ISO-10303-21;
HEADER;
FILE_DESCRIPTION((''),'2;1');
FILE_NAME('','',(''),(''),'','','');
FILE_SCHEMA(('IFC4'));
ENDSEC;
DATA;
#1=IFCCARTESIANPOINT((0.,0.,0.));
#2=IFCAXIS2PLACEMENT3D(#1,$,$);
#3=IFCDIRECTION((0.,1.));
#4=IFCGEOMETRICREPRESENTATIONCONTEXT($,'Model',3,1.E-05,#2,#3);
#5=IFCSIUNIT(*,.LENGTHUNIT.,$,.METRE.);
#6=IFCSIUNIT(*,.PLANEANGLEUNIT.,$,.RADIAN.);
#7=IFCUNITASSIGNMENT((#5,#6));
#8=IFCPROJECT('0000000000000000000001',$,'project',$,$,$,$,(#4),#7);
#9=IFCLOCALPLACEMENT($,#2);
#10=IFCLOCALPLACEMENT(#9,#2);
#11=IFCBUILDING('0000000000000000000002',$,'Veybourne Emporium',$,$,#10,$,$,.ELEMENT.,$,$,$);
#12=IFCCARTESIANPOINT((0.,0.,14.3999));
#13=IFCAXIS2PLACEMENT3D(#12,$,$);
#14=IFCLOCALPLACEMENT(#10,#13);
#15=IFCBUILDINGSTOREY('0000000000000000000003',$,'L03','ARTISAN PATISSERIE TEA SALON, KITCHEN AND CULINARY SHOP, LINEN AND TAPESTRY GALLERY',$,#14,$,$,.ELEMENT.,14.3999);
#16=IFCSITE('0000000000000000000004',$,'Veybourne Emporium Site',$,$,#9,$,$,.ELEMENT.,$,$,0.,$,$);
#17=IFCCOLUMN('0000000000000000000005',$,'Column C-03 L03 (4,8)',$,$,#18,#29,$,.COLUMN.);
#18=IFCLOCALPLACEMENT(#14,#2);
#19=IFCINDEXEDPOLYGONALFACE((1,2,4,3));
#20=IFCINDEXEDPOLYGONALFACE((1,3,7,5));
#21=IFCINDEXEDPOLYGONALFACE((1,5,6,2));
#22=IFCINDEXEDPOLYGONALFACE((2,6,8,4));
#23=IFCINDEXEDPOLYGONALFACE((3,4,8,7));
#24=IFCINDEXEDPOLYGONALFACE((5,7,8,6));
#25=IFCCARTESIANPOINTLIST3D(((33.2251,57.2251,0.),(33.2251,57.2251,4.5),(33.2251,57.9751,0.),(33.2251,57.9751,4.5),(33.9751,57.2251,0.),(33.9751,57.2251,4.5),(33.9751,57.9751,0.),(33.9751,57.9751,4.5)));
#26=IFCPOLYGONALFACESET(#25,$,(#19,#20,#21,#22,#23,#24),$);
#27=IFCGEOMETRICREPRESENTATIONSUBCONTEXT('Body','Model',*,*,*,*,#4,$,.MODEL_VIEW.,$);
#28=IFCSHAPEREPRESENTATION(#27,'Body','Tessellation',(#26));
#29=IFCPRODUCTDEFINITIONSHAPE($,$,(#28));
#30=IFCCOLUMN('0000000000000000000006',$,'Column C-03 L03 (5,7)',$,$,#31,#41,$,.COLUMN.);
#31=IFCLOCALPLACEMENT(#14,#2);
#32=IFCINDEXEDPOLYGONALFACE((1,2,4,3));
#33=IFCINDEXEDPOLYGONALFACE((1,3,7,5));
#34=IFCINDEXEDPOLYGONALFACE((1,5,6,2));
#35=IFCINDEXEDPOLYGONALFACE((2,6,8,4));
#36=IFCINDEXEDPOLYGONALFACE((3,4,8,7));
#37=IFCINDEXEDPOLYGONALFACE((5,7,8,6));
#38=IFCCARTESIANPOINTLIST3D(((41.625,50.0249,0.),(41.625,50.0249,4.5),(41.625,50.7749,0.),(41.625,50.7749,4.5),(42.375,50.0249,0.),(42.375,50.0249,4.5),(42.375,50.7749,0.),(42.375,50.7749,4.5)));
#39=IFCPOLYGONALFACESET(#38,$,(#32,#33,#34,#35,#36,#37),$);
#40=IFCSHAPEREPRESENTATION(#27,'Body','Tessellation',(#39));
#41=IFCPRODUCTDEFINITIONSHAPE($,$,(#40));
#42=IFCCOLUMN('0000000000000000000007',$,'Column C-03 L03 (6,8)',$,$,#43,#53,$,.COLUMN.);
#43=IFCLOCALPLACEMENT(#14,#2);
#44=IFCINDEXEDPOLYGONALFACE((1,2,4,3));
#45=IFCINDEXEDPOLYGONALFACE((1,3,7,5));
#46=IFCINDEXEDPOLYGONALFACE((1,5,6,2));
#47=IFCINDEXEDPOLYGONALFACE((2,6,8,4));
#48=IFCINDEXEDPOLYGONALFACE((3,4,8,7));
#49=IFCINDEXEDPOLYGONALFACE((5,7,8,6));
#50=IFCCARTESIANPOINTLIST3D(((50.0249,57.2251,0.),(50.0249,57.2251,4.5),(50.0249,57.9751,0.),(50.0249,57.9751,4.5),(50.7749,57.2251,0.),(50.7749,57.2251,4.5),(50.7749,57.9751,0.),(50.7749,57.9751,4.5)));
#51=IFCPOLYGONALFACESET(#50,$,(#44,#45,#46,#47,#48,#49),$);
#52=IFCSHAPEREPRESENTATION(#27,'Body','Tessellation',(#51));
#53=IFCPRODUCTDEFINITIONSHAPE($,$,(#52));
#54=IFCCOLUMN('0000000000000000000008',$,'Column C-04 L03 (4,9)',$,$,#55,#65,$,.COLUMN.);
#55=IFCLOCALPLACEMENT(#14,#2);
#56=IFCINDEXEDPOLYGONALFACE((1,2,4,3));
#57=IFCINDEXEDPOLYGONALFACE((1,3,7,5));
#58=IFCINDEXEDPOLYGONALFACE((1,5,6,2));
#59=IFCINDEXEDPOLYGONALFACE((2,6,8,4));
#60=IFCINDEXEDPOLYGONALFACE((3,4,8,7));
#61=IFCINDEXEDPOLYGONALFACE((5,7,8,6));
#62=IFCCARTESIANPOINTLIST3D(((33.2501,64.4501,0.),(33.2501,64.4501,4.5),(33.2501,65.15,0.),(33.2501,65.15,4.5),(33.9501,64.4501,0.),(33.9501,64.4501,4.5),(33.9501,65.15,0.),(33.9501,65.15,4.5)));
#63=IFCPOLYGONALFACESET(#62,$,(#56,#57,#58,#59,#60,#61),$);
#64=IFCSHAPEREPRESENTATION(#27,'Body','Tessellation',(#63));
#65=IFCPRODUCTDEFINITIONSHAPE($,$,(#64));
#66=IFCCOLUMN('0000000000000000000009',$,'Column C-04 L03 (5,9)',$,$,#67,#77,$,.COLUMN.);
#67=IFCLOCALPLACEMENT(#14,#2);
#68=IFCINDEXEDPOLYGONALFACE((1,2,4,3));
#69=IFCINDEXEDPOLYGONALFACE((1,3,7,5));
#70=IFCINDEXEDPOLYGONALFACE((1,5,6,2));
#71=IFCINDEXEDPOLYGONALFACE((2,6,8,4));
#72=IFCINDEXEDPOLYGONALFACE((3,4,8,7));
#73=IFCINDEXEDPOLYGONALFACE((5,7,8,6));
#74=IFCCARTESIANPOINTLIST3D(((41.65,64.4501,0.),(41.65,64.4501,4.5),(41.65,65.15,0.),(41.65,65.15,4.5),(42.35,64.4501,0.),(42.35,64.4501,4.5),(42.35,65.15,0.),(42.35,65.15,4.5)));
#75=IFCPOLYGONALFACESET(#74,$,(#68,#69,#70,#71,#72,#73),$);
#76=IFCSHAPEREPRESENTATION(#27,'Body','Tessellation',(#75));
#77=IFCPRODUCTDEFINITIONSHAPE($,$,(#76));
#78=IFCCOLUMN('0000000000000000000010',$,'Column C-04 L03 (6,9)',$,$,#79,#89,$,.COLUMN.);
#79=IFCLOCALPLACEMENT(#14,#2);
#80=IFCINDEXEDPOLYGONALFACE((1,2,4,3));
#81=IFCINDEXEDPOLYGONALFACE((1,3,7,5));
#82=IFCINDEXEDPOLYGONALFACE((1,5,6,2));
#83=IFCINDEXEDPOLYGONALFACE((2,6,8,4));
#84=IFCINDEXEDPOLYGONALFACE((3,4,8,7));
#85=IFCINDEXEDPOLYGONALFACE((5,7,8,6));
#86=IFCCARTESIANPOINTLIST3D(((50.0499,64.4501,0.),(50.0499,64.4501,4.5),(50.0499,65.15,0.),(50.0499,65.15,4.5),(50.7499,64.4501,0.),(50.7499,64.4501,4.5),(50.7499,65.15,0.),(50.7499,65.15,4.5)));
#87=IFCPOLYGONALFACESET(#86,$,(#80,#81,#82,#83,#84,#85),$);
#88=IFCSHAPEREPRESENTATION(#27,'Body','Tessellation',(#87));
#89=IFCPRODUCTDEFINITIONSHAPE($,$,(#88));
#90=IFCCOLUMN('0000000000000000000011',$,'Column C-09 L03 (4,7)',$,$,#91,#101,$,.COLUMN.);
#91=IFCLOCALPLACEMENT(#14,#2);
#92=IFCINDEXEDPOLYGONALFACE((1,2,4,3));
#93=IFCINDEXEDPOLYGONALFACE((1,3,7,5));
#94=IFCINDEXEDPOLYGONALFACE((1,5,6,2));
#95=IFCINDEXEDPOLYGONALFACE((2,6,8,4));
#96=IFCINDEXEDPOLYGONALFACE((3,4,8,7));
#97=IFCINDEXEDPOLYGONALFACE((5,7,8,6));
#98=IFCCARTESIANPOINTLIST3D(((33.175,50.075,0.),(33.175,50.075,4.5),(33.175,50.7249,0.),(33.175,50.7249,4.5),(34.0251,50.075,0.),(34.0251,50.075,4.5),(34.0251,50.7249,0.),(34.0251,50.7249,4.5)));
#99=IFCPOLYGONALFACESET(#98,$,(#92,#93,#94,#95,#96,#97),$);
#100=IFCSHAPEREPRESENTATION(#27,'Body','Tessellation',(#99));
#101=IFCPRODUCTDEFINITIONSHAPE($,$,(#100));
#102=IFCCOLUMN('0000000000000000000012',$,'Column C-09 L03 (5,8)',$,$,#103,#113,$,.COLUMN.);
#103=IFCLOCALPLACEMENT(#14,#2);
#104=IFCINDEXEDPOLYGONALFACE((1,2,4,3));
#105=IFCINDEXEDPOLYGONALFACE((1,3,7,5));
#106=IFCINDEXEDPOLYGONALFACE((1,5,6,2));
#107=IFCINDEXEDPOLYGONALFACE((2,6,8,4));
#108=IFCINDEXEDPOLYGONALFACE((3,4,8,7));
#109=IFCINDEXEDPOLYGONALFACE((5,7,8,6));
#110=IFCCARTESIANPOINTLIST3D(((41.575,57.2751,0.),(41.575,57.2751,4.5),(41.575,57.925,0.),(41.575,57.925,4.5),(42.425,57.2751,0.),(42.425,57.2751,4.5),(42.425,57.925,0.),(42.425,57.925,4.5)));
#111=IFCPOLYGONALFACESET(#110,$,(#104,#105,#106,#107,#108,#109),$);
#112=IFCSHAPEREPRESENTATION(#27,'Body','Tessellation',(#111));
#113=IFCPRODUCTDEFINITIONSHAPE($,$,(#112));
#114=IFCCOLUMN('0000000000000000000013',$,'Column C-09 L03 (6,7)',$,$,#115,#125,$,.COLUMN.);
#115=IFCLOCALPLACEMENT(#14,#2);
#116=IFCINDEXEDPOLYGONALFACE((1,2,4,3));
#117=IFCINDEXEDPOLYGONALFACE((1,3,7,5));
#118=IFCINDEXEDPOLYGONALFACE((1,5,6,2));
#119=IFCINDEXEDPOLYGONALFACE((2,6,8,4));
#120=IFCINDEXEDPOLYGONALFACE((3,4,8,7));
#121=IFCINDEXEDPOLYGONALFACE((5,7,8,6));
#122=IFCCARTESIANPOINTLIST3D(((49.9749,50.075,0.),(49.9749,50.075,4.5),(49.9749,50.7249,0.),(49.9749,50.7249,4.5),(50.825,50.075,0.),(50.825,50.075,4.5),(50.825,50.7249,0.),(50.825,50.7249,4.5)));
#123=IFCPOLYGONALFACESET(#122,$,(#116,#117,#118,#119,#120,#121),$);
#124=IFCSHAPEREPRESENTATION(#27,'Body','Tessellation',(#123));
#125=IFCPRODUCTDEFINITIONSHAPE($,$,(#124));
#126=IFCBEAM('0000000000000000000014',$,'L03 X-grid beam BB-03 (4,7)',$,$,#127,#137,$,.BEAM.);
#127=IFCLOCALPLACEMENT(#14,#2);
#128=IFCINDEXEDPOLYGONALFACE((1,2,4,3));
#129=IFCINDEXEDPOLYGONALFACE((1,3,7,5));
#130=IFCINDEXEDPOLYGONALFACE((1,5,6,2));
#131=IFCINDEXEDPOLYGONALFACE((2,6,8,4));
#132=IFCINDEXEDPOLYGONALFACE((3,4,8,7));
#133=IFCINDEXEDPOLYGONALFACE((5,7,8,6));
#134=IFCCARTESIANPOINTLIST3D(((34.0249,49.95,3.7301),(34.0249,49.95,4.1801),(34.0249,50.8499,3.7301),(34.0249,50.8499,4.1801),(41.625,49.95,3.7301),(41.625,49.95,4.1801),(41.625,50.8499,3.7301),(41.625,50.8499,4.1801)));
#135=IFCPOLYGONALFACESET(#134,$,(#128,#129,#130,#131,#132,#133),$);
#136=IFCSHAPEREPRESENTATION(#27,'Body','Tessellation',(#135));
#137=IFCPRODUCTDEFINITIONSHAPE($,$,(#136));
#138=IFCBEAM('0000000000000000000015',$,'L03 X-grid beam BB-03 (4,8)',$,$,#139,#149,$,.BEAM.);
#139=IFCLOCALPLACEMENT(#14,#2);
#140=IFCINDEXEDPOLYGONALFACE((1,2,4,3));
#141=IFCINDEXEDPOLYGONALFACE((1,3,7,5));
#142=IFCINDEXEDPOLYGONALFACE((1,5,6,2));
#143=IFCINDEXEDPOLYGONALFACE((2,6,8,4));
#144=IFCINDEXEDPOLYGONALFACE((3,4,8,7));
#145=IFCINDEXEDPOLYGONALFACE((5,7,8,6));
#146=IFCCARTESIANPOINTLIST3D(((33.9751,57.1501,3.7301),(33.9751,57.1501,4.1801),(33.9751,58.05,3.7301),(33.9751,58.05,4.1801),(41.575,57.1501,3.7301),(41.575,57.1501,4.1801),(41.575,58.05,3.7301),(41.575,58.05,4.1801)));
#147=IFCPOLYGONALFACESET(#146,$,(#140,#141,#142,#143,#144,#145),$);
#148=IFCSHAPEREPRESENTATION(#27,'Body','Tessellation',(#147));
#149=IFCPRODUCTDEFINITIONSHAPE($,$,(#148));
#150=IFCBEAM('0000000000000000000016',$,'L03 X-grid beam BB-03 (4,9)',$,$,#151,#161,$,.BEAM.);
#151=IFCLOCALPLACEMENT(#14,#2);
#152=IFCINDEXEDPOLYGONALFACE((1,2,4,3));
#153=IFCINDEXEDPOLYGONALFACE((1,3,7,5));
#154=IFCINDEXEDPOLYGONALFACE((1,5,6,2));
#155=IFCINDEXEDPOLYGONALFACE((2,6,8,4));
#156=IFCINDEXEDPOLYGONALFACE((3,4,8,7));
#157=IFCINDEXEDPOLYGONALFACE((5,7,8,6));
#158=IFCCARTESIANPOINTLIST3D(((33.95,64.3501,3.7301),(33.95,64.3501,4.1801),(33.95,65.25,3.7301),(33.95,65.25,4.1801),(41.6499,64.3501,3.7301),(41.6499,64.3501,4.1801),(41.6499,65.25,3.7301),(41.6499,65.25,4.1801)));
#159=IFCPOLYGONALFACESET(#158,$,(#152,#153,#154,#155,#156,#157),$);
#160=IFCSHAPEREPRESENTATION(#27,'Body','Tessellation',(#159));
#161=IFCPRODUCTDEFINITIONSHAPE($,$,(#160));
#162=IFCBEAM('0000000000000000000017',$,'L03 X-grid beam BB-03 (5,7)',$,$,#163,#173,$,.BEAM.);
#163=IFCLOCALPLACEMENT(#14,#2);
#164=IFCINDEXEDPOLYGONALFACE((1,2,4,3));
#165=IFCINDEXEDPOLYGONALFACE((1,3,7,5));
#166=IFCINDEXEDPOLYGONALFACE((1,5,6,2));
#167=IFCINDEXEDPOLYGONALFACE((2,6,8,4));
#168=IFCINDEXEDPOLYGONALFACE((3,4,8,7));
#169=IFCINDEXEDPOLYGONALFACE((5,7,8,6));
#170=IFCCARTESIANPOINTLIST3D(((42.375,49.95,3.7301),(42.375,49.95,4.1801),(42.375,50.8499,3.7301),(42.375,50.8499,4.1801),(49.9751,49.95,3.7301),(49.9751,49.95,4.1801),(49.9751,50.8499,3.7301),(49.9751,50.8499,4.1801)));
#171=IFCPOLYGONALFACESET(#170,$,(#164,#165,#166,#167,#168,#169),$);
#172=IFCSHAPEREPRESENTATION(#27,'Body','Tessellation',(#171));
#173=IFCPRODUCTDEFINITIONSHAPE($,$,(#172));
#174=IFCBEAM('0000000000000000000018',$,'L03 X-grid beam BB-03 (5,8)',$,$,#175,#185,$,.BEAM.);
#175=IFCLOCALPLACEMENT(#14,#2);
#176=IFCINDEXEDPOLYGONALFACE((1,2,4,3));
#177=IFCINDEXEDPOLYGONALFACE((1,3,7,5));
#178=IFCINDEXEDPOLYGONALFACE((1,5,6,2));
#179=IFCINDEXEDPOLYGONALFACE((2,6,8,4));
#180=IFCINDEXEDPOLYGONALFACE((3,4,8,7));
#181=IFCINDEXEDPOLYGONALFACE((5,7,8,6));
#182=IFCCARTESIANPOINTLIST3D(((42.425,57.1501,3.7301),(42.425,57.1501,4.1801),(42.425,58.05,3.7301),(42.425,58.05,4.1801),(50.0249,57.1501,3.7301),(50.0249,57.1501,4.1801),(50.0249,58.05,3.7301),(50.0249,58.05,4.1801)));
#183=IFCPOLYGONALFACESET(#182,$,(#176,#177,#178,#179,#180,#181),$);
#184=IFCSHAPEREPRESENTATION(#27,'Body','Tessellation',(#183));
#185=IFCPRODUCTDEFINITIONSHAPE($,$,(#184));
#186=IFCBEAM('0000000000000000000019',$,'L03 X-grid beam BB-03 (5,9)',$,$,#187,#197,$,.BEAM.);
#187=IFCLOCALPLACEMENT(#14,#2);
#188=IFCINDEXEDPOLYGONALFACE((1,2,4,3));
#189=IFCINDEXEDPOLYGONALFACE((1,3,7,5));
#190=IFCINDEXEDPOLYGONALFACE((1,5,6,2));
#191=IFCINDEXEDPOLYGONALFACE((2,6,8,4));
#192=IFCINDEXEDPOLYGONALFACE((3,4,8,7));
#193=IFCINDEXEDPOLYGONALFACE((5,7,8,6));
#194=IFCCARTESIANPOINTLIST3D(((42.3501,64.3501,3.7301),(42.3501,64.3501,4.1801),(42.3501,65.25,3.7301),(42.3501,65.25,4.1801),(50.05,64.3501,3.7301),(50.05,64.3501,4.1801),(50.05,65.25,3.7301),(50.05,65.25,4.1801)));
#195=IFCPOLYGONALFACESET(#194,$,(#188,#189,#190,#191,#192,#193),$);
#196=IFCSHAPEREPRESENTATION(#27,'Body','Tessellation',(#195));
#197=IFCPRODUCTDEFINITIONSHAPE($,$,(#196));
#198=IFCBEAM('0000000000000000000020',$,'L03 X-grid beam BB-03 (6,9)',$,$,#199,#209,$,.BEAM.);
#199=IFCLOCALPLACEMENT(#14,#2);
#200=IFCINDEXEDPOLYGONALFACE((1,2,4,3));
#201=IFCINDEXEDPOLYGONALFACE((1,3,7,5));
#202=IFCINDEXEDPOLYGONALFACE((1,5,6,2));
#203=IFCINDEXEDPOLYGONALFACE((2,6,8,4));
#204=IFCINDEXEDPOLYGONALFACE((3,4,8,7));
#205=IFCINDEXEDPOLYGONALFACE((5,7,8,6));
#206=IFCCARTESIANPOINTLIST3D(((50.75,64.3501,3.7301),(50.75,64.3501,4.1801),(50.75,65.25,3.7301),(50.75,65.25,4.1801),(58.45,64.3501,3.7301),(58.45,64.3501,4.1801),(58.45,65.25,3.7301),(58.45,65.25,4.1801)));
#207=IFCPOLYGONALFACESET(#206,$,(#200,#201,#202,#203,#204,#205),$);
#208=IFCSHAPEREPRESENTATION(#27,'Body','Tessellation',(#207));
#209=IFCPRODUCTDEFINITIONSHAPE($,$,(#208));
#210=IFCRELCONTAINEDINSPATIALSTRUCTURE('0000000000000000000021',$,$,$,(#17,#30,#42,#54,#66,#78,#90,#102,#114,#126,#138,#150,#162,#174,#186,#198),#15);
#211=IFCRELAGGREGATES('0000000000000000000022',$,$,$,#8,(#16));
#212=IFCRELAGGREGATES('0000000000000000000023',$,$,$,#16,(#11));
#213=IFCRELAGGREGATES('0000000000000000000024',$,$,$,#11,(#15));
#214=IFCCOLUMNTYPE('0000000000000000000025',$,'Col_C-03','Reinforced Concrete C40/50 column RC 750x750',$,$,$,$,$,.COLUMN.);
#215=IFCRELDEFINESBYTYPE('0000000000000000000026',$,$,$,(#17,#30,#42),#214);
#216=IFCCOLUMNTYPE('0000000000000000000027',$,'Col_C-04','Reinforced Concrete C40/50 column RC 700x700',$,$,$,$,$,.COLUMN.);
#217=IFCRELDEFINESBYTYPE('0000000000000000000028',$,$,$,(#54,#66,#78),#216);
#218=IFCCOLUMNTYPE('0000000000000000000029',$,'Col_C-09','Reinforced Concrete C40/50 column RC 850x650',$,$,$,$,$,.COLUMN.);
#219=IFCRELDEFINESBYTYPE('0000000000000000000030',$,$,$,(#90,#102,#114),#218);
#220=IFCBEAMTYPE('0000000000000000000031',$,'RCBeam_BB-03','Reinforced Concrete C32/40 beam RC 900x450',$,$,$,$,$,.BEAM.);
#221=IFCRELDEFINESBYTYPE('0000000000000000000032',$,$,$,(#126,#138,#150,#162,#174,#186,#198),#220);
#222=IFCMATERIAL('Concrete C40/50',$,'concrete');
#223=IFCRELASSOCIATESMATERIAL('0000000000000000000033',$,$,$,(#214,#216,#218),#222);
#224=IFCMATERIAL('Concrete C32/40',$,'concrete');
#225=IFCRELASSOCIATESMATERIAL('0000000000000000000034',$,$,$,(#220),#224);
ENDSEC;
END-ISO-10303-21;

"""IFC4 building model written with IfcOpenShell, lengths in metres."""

from ifc_helpers import new_model, si_unit, direction, frame, origin, origin_2d, place, context, subcontext, project, spatial, rectangle, extrude, material, material_profile, profile_set, type_object, element, save


model = new_model("IFC4")

# Units and contexts
model_context = context("Model", 3, precision=1e-05, world=origin(), true_north=direction((0.0, 1.0)))
body_context = subcontext(model_context, "Body", "Model", "MODEL_VIEW")
ifc_project = project(units=[si_unit("LENGTHUNIT", "METRE"), si_unit("PLANEANGLEUNIT", "RADIAN")], contexts=[model_context])

# Site, building, storey
site_placement = place(None, origin())
site = spatial("IfcSite", under=ifc_project, at=site_placement, Name="Veybourne Emporium Site", CompositionType="ELEMENT", RefElevation=0.0)
building_placement = place(site_placement, origin())
building = spatial("IfcBuilding", under=site, at=building_placement, Name="Veybourne Emporium", CompositionType="ELEMENT")
storey_placement = place(building_placement, frame((0.0, 0.0, 14.3999)))
storey = spatial("IfcBuildingStorey", under=building, at=storey_placement, Name="L03", Description="ARTISAN PATISSERIE TEA SALON, KITCHEN AND CULINARY SHOP, LINEN AND TAPESTRY GALLERY", CompositionType="ELEMENT", Elevation=14.3999)

# Columns
ifc_material_1 = material(Name="Concrete C40/50", Category="concrete")
ifc_material_profile_1 = material_profile(ifc_material_1, rectangle(XDim=0.75, YDim=0.75, at=origin_2d()), Name="RC 750x750")
ifc_profile_set_1 = profile_set([ifc_material_profile_1], Name="Concrete C40/50")
column_type_1 = type_object("IfcColumnType", Name="Col_C-03", Description="Reinforced Concrete C40/50 column RC 750x750", PredefinedType="COLUMN", material=ifc_profile_set_1)
for number, where, z_axis, x_axis, name in (
    (1, (33.6001, 57.6001, 0.0), (0.0, 0.0, 1.0), (1.0, 0.0, 0.0), "Column C-03 L03 (4,8)"),
    (2, (42.0, 50.3999, 0.0), (0.0, 0.0, 1.0), (1.0, 0.0, 0.0), "Column C-03 L03 (5,7)"),
    (3, (50.3999, 57.6001, 0.0), (0.0, 0.0, 1.0), (1.0, 0.0, 0.0), "Column C-03 L03 (6,8)"),
):
    element("IfcColumn", number, at=place(storey_placement, frame(where, z_axis=z_axis, x_axis=x_axis)), inside=storey, type_object=column_type_1, Name=name, PredefinedType="COLUMN", context=body_context, shape_type="SweptSolid", body=[
        extrude(rectangle(XDim=0.75, YDim=0.75, at=origin_2d()), origin(), (0.0, 0.0, 1.0), 4.5),
    ])
ifc_material_profile_2 = material_profile(ifc_material_1, rectangle(XDim=0.7, YDim=0.7, at=origin_2d()), Name="RC 700x700")
ifc_profile_set_2 = profile_set([ifc_material_profile_2], Name="Concrete C40/50")
column_type_2 = type_object("IfcColumnType", Name="Col_C-04", Description="Reinforced Concrete C40/50 column RC 700x700", PredefinedType="COLUMN", material=ifc_profile_set_2)
for number, where, z_axis, x_axis, name in (
    (4, (33.6001, 64.8, 0.0), (0.0, 0.0, 1.0), (1.0, 0.0, 0.0), "Column C-04 L03 (4,9)"),
    (5, (42.0, 64.8, 0.0), (0.0, 0.0, 1.0), (1.0, 0.0, 0.0), "Column C-04 L03 (5,9)"),
    (6, (50.3999, 64.8, 0.0), (0.0, 0.0, 1.0), (1.0, 0.0, 0.0), "Column C-04 L03 (6,9)"),
):
    element("IfcColumn", number, at=place(storey_placement, frame(where, z_axis=z_axis, x_axis=x_axis)), inside=storey, type_object=column_type_2, Name=name, PredefinedType="COLUMN", context=body_context, shape_type="SweptSolid", body=[
        extrude(rectangle(XDim=0.7, YDim=0.7, at=origin_2d()), origin(), (0.0, 0.0, 1.0), 4.5),
    ])
ifc_material_profile_3 = material_profile(ifc_material_1, rectangle(XDim=0.8501, YDim=0.6499, at=origin_2d()), Name="RC 850x650")
ifc_profile_set_3 = profile_set([ifc_material_profile_3], Name="Concrete C40/50")
column_type_3 = type_object("IfcColumnType", Name="Col_C-09", Description="Reinforced Concrete C40/50 column RC 850x650", PredefinedType="COLUMN", material=ifc_profile_set_3)
for number, where, z_axis, x_axis, name in (
    (7, (33.6001, 50.3999, 0.0), (0.0, 0.0, 1.0), (1.0, 0.0, 0.0), "Column C-09 L03 (4,7)"),
    (8, (42.0, 57.6001, 0.0), (0.0, 0.0, 1.0), (1.0, 0.0, 0.0), "Column C-09 L03 (5,8)"),
    (9, (50.3999, 50.3999, 0.0), (0.0, 0.0, 1.0), (1.0, 0.0, 0.0), "Column C-09 L03 (6,7)"),
):
    element("IfcColumn", number, at=place(storey_placement, frame(where, z_axis=z_axis, x_axis=x_axis)), inside=storey, type_object=column_type_3, Name=name, PredefinedType="COLUMN", context=body_context, shape_type="SweptSolid", body=[
        extrude(rectangle(XDim=0.8501, YDim=0.6499, at=origin_2d()), origin(), (0.0, 0.0, 1.0), 4.5),
    ])

# Beams
ifc_material_2 = material(Name="Concrete C32/40", Category="concrete")
ifc_material_profile_4 = material_profile(ifc_material_2, rectangle(XDim=0.8999, YDim=0.45, at=origin_2d()), Name="RC 900x450")
ifc_profile_set_4 = profile_set([ifc_material_profile_4], Name="Concrete C32/40")
beam_type_1 = type_object("IfcBeamType", Name="RCBeam_BB-03", Description="Reinforced Concrete C32/40 beam RC 900x450", PredefinedType="BEAM", material=ifc_profile_set_4)
beam_1_placement = place(storey_placement, frame((34.0249, 50.3999, 3.9551), z_axis=(1.0, 0.0, 0.0), x_axis=(0.0, 1.0, 0.0)))
element("IfcBeam", 10, at=beam_1_placement, inside=storey, type_object=beam_type_1, Name="L03 X-grid beam BB-03 (4,7)", PredefinedType="BEAM", context=body_context, shape_type="SweptSolid", body=[
    extrude(rectangle(XDim=0.8999, YDim=0.45, at=origin_2d()), origin(), (0.0, 0.0, 1.0), 7.6001),
])
beam_2_placement = place(storey_placement, frame((33.9751, 57.6001, 3.9551), z_axis=(1.0, 0.0, 0.0), x_axis=(0.0, 1.0, 0.0)))
element("IfcBeam", 11, at=beam_2_placement, inside=storey, type_object=beam_type_1, Name="L03 X-grid beam BB-03 (4,8)", PredefinedType="BEAM", context=body_context, shape_type="SweptSolid", body=[
    extrude(rectangle(XDim=0.8999, YDim=0.45, at=origin_2d()), origin(), (0.0, 0.0, 1.0), 7.5999),
])
beam_3_placement = place(storey_placement, frame((33.95, 64.8, 3.9551), z_axis=(1.0, 0.0, 0.0), x_axis=(0.0, 1.0, 0.0)))
element("IfcBeam", 12, at=beam_3_placement, inside=storey, type_object=beam_type_1, Name="L03 X-grid beam BB-03 (4,9)", PredefinedType="BEAM", context=body_context, shape_type="SweptSolid", body=[
    extrude(rectangle(XDim=0.8999, YDim=0.45, at=origin_2d()), origin(), (0.0, 0.0, 1.0), 7.7),
])
beam_4_placement = place(storey_placement, frame((42.375, 50.3999, 3.9551), z_axis=(1.0, 0.0, 0.0), x_axis=(0.0, 1.0, 0.0)))
element("IfcBeam", 13, at=beam_4_placement, inside=storey, type_object=beam_type_1, Name="L03 X-grid beam BB-03 (5,7)", PredefinedType="BEAM", context=body_context, shape_type="SweptSolid", body=[
    extrude(rectangle(XDim=0.8999, YDim=0.45, at=origin_2d()), origin(), (0.0, 0.0, 1.0), 7.6001),
])
beam_5_placement = place(storey_placement, frame((42.425, 57.6001, 3.9551), z_axis=(1.0, 0.0, 0.0), x_axis=(0.0, 1.0, 0.0)))
element("IfcBeam", 14, at=beam_5_placement, inside=storey, type_object=beam_type_1, Name="L03 X-grid beam BB-03 (5,8)", PredefinedType="BEAM", context=body_context, shape_type="SweptSolid", body=[
    extrude(rectangle(XDim=0.8999, YDim=0.45, at=origin_2d()), origin(), (0.0, 0.0, 1.0), 7.5999),
])
for number, where, z_axis, x_axis, name in (
    (15, (42.3501, 64.8, 3.9551), (1.0, 0.0, 0.0), (0.0, 1.0, 0.0), "L03 X-grid beam BB-03 (5,9)"),
    (16, (50.75, 64.8, 3.9551), (1.0, 0.0, 0.0), (0.0, 1.0, 0.0), "L03 X-grid beam BB-03 (6,9)"),
):
    element("IfcBeam", number, at=place(storey_placement, frame(where, z_axis=z_axis, x_axis=x_axis)), inside=storey, type_object=beam_type_1, Name=name, PredefinedType="BEAM", context=body_context, shape_type="SweptSolid", body=[
        extrude(rectangle(XDim=0.8999, YDim=0.45, at=origin_2d()), origin(), (0.0, 0.0, 1.0), 7.7),
    ])

save(model, "model.ifc")
